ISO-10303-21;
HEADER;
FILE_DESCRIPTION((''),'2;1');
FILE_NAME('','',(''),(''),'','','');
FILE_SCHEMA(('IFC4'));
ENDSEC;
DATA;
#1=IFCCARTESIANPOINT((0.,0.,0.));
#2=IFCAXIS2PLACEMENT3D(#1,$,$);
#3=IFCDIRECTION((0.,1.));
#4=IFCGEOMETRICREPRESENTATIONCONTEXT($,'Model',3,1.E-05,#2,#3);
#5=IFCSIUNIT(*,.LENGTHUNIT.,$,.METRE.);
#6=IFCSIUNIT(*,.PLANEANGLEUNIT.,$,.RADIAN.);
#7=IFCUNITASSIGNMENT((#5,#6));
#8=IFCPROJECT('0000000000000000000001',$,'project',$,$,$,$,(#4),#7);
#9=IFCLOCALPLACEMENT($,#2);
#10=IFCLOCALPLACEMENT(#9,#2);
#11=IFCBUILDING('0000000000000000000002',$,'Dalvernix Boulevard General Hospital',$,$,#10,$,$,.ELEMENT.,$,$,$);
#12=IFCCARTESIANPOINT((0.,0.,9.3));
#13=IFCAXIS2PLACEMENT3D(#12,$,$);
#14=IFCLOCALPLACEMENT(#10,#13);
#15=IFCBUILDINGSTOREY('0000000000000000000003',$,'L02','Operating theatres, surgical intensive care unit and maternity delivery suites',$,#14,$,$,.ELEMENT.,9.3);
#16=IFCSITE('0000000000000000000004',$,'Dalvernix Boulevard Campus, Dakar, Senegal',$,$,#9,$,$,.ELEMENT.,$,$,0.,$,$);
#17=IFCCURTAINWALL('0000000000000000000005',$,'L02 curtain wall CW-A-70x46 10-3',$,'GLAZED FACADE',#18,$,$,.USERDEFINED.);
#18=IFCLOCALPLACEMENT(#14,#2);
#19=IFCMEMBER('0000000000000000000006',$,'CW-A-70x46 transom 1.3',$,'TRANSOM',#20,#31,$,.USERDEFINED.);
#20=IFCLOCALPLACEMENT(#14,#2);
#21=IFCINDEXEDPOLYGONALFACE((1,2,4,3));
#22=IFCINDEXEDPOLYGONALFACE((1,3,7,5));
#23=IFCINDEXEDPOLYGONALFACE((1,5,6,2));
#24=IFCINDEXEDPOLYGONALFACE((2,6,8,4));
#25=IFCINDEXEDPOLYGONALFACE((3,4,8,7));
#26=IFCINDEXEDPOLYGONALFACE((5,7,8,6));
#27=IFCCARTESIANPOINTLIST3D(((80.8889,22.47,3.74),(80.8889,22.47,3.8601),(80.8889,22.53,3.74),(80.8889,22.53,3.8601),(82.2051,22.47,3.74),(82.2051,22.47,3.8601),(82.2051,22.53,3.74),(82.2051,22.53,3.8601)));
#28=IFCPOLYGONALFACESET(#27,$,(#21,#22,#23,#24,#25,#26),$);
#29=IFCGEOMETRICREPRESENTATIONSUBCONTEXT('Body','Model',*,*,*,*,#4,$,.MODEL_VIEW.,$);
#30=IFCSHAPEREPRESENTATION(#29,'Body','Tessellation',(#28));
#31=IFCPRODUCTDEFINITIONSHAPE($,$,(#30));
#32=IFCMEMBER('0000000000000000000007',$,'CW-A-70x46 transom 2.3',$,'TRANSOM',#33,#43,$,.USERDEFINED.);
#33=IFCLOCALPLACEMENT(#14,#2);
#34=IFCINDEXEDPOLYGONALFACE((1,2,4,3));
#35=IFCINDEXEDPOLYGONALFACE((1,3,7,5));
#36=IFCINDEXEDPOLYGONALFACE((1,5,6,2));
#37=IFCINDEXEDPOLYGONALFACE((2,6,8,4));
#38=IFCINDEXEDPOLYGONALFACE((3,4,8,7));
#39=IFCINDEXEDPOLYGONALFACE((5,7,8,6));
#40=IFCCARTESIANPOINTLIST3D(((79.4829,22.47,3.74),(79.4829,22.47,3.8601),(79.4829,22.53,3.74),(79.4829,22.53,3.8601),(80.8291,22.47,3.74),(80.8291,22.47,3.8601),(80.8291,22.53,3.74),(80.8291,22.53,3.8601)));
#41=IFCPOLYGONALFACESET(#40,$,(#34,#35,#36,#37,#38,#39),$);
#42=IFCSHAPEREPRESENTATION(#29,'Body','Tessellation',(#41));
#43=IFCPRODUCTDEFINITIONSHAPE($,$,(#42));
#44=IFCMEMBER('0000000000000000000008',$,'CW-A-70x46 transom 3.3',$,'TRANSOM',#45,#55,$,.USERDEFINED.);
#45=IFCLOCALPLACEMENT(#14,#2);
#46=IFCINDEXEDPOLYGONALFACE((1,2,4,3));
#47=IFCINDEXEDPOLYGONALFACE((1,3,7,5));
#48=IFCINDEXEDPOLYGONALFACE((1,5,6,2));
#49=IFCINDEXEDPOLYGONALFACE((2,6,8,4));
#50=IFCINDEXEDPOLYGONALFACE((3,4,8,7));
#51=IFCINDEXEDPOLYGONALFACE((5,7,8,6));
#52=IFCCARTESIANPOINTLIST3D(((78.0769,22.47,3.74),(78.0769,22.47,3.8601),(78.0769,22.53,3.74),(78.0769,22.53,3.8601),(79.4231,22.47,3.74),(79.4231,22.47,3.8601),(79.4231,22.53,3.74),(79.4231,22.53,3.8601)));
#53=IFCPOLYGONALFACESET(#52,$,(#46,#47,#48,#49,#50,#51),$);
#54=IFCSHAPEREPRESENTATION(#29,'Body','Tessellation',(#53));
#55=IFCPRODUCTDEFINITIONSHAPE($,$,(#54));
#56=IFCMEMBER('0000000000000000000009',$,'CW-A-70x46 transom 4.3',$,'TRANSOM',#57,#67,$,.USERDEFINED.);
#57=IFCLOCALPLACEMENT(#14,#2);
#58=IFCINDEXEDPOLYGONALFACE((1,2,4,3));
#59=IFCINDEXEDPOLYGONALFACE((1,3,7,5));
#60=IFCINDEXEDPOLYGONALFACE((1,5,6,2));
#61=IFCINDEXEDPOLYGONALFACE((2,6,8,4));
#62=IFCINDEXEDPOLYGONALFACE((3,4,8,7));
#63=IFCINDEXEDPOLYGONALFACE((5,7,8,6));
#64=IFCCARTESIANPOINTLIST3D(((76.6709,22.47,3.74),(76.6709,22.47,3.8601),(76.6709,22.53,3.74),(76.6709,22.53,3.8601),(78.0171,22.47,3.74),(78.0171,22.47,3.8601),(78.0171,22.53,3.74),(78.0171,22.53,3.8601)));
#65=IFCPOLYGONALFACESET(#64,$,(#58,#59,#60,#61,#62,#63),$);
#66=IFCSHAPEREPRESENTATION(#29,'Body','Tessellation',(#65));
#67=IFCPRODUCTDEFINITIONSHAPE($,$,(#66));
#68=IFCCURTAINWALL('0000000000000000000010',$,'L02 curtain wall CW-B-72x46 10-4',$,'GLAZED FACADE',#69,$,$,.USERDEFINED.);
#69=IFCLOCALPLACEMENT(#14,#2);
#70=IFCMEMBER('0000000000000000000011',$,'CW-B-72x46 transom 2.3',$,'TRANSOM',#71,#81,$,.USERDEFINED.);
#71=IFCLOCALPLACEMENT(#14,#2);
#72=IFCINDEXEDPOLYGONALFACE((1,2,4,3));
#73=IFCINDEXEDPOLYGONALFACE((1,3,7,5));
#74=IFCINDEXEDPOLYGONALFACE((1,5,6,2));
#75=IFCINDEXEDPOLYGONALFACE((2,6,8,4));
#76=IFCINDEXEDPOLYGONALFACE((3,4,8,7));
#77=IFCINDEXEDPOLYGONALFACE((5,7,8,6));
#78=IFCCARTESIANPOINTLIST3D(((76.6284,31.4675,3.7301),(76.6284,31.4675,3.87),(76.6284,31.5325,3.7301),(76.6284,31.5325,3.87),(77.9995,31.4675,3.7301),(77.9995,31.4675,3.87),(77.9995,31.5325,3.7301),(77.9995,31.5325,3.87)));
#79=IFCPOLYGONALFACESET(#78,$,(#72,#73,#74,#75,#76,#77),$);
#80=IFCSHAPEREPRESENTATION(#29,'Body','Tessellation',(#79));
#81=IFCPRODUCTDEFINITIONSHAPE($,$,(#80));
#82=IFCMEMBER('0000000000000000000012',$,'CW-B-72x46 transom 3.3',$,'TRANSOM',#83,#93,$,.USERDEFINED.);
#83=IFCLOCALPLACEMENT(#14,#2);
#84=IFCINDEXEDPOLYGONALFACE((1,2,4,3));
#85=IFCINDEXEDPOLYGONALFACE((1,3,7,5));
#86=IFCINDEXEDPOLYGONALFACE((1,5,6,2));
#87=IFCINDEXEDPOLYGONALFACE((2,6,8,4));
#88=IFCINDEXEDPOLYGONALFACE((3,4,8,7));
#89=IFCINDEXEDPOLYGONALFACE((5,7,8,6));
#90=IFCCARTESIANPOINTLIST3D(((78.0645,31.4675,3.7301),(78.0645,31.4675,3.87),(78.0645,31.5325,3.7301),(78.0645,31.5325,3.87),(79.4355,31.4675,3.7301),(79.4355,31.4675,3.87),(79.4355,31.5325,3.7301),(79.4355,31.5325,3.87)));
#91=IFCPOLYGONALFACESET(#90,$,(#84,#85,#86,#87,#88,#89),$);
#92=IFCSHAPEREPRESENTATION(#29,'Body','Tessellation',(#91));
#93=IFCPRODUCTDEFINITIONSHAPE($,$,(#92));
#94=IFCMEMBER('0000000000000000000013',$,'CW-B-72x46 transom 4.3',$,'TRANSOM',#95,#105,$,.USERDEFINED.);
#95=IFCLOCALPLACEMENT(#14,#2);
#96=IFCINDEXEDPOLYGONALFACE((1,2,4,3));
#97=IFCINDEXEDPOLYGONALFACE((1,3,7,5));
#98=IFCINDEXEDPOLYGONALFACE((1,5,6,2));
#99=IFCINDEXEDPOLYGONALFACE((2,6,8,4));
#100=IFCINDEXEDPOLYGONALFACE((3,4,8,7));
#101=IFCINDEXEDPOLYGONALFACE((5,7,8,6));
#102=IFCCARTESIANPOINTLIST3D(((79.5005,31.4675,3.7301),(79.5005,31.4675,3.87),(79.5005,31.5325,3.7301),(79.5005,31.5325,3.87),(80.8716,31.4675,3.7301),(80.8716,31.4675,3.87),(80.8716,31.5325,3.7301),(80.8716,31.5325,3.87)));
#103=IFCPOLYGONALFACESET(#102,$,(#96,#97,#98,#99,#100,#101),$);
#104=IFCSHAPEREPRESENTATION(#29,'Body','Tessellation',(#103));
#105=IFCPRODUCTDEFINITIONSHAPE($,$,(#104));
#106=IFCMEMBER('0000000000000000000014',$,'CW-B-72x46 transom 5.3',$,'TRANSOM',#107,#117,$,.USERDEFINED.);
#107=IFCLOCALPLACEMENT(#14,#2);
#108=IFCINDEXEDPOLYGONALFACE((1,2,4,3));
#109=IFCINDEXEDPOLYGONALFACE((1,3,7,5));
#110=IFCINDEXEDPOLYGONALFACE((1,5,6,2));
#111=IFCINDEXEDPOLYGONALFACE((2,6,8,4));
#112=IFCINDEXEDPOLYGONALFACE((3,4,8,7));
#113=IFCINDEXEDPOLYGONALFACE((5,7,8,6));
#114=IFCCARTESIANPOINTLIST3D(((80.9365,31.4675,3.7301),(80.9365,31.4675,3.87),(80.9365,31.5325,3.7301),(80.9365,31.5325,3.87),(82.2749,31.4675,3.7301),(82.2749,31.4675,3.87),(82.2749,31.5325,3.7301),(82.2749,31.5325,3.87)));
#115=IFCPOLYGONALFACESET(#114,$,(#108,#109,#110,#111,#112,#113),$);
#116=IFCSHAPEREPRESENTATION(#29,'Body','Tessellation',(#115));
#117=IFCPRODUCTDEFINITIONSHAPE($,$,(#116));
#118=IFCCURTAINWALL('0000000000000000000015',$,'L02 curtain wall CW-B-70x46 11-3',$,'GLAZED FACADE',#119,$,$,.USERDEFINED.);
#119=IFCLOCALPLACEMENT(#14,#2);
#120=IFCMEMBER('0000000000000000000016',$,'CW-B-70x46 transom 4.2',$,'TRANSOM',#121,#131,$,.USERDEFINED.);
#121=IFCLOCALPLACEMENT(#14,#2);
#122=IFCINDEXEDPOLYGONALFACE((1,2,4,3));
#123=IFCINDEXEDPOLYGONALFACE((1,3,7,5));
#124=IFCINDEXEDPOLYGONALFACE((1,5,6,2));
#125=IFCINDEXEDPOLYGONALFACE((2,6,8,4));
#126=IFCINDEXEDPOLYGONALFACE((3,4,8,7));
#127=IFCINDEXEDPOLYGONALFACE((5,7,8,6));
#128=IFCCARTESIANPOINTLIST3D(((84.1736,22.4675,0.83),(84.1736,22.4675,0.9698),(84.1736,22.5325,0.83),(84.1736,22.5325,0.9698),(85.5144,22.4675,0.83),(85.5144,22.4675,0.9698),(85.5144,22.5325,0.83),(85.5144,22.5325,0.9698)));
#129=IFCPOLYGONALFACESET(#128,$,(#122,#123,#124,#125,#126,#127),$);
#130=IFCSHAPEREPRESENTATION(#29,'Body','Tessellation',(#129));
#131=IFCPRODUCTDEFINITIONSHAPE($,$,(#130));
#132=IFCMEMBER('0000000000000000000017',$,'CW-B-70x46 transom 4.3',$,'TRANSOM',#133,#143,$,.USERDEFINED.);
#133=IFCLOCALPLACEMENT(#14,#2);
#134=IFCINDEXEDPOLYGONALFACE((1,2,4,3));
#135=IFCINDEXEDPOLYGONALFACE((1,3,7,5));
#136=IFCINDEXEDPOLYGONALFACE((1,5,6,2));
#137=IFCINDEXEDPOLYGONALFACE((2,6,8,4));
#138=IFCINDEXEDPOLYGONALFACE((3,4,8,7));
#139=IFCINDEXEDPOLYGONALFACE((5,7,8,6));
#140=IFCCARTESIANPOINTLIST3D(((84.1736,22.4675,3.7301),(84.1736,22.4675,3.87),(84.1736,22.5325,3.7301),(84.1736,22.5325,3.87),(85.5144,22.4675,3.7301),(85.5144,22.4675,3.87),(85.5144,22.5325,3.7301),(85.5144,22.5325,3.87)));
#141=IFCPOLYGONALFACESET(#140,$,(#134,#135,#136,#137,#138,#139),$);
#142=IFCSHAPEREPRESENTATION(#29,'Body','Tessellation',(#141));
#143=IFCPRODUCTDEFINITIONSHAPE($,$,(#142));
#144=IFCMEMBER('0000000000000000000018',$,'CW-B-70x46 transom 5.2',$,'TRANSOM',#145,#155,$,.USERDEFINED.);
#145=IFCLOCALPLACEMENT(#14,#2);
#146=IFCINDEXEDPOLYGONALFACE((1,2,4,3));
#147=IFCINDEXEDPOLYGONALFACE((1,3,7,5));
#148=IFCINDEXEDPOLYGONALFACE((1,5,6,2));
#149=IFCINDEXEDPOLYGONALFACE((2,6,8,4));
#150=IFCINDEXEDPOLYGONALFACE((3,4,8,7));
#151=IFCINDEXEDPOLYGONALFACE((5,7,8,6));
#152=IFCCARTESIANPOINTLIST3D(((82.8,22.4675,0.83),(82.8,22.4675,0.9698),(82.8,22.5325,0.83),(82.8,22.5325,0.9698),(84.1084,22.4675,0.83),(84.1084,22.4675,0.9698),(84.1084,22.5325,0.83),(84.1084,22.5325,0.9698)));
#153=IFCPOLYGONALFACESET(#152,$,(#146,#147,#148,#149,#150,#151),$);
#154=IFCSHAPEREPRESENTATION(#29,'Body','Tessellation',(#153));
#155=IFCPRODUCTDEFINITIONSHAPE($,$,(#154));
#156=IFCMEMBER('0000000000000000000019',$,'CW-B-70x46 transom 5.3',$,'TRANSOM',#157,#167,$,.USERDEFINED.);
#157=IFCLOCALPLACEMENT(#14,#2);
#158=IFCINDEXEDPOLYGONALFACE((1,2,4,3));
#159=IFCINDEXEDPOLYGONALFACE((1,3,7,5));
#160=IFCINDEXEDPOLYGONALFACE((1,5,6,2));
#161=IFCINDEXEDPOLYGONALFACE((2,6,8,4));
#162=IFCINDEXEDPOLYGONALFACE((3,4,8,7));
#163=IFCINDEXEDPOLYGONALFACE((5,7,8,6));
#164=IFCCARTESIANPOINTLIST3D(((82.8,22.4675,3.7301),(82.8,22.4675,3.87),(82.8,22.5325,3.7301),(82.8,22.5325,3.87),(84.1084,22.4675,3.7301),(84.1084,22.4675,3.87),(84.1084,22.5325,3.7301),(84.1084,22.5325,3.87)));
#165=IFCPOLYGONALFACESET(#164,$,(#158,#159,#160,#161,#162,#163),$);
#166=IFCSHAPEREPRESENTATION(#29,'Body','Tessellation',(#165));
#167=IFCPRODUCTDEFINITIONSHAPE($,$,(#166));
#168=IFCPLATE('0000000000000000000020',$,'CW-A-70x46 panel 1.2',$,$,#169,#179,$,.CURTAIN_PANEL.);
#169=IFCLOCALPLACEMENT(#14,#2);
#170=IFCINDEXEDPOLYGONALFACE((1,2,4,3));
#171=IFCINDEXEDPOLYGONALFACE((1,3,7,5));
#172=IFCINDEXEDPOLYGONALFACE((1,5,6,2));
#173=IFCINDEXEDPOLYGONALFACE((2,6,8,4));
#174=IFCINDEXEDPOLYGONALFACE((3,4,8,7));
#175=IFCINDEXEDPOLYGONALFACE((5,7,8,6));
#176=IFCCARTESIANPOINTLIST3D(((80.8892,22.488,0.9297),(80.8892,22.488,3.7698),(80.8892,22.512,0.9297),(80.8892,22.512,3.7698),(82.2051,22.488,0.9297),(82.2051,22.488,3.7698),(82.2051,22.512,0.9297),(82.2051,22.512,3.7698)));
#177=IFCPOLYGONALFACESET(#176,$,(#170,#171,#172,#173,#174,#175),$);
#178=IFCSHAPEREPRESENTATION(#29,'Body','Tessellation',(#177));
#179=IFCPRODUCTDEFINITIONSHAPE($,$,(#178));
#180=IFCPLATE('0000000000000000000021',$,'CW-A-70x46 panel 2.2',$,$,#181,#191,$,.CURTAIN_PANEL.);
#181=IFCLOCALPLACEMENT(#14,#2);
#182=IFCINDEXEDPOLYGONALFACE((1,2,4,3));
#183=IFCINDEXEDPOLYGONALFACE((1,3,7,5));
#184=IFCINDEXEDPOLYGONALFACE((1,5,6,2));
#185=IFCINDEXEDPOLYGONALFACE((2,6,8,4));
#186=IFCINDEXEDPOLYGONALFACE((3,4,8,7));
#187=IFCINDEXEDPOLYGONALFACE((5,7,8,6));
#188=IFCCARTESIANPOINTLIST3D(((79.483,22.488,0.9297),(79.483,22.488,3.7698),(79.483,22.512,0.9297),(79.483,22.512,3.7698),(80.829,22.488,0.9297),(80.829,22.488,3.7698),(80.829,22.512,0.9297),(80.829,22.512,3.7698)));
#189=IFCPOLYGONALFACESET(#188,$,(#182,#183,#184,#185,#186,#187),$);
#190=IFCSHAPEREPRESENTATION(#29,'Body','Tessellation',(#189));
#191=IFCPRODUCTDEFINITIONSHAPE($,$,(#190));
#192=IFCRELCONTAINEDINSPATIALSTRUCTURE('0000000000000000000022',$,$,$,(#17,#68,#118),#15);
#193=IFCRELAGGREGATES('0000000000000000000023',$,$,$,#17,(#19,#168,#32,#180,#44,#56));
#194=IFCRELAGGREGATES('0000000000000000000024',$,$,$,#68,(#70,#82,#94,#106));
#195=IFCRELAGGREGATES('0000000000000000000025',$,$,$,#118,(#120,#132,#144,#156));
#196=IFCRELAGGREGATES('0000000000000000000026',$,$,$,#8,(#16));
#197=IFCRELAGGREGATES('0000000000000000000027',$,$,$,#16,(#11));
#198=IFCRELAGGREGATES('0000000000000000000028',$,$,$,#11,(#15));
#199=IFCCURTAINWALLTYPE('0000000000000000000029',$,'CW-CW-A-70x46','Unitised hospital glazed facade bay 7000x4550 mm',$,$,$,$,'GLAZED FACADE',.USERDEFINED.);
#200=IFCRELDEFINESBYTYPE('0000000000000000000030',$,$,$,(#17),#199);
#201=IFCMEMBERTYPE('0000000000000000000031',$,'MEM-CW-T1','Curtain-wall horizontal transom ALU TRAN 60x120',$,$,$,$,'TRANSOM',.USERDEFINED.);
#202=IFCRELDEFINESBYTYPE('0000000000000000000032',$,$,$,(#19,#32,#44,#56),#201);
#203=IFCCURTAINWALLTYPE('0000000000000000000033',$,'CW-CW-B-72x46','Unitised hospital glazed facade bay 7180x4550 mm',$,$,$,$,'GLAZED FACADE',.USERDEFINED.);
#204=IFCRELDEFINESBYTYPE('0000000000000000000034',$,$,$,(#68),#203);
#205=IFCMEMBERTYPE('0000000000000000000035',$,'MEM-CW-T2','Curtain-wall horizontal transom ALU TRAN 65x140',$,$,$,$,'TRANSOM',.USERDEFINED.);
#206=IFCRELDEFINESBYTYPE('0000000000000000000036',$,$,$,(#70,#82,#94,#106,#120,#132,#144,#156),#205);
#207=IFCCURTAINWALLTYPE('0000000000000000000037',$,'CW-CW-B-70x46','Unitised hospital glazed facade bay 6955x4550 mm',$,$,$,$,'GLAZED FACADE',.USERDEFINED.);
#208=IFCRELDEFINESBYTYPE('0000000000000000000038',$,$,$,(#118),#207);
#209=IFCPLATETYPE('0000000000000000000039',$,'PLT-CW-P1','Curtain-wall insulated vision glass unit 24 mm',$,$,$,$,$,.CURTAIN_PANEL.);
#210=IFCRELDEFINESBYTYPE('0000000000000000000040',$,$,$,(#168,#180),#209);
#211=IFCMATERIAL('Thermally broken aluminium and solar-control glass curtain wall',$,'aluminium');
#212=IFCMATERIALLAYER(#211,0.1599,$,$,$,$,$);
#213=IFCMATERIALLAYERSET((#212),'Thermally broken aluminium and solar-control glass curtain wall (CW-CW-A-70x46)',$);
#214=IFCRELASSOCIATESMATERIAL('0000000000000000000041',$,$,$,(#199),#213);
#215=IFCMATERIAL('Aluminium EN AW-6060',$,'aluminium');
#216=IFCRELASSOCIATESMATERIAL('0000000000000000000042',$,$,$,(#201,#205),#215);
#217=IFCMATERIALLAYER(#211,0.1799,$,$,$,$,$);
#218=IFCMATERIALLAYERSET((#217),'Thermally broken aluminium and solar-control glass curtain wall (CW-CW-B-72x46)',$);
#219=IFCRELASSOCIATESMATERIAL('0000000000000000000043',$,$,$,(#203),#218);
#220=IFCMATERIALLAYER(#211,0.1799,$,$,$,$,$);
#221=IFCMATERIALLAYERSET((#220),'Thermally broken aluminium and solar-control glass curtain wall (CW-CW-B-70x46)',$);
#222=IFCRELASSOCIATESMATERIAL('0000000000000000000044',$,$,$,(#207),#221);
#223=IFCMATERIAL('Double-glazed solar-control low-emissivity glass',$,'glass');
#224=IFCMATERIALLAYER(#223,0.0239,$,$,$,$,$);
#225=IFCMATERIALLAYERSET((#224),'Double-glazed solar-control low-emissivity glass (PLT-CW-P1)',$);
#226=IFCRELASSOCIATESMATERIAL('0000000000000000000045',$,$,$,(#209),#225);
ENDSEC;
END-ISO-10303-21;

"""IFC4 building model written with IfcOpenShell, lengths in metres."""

from ifc_helpers import new_model, si_unit, direction, frame, origin, origin_2d, place, context, subcontext, project, spatial, rectangle, extrude, material, layer, layer_set, material_profile, profile_set, type_object, element, aggregate, save


model = new_model("IFC4")

# Units and contexts
model_context = context("Model", 3, precision=1e-05, world=origin(), true_north=direction((0.0, 1.0)))
body_context = subcontext(model_context, "Body", "Model", "MODEL_VIEW")
ifc_project = project(units=[si_unit("LENGTHUNIT", "METRE"), si_unit("PLANEANGLEUNIT", "RADIAN")], contexts=[model_context])

# Site, building, storey
site_placement = place(None, origin())
site = spatial("IfcSite", under=ifc_project, at=site_placement, Name="Dalvernix Boulevard Campus, Dakar, Senegal", CompositionType="ELEMENT", RefElevation=0.0)
building_placement = place(site_placement, origin())
building = spatial("IfcBuilding", under=site, at=building_placement, Name="Dalvernix Boulevard General Hospital", CompositionType="ELEMENT")
storey_placement = place(building_placement, frame((0.0, 0.0, 9.3)))
storey = spatial("IfcBuildingStorey", under=building, at=storey_placement, Name="L02", Description="Operating theatres, surgical intensive care unit and maternity delivery suites", CompositionType="ELEMENT", Elevation=9.3)

# Curtain walls, members
ifc_material_1 = material(Name="Thermally broken aluminium and solar-control glass curtain wall", Category="aluminium")
ifc_layer_1 = layer(ifc_material_1, 0.1599)
ifc_layer_set_1 = layer_set([ifc_layer_1], Name="Thermally broken aluminium and solar-control glass curtain wall (CW-CW-A-70x46)")
curtain_wall_type_1 = type_object("IfcCurtainWallType", Name="CW-CW-A-70x46", Description="Unitised hospital glazed facade bay 7000x4550 mm", ElementType="GLAZED FACADE", PredefinedType="USERDEFINED", material=ifc_layer_set_1)
curtain_wall_1_placement = place(storey_placement, origin())
curtain_wall_1 = element("IfcCurtainWall", 1, at=curtain_wall_1_placement, inside=storey, type_object=curtain_wall_type_1, Name="L02 curtain wall CW-A-70x46 10-3", ObjectType="GLAZED FACADE", PredefinedType="USERDEFINED")
ifc_material_2 = material(Name="Aluminium EN AW-6060", Category="aluminium")
ifc_material_profile_1 = material_profile(ifc_material_2, rectangle(XDim=0.0601, YDim=0.1201, at=origin_2d()), Name="ALU TRAN 60x120")
ifc_profile_set_1 = profile_set([ifc_material_profile_1], Name="Aluminium EN AW-6060")
member_type_1 = type_object("IfcMemberType", Name="MEM-CW-T1", Description="Curtain-wall horizontal transom ALU TRAN 60x120", ElementType="TRANSOM", PredefinedType="USERDEFINED", material=ifc_profile_set_1)
member_1_placement = place(storey_placement, frame((82.2051, 22.5, 3.8), z_axis=(-1.0, 0.0, 0.0), x_axis=(0.0, -1.0, 0.0)))
member_1 = element("IfcMember", 2, at=member_1_placement, type_object=member_type_1, Name="CW-A-70x46 transom 1.3", ObjectType="TRANSOM", PredefinedType="USERDEFINED", context=body_context, shape_type="SweptSolid", body=[
    extrude(rectangle(XDim=0.0601, YDim=0.1201, at=origin_2d()), origin(), (0.0, 0.0, 1.0), 1.3162),
])
member_2_placement = place(storey_placement, frame((80.8291, 22.5, 3.8), z_axis=(-1.0, 0.0, 0.0), x_axis=(0.0, -1.0, 0.0)))
member_2 = element("IfcMember", 3, at=member_2_placement, type_object=member_type_1, Name="CW-A-70x46 transom 2.3", ObjectType="TRANSOM", PredefinedType="USERDEFINED", context=body_context, shape_type="SweptSolid", body=[
    extrude(rectangle(XDim=0.0601, YDim=0.1201, at=origin_2d()), origin(), (0.0, 0.0, 1.0), 1.3462),
])
member_3_placement = place(storey_placement, frame((79.4231, 22.5, 3.8), z_axis=(-1.0, 0.0, 0.0), x_axis=(0.0, -1.0, 0.0)))
member_3 = element("IfcMember", 4, at=member_3_placement, type_object=member_type_1, Name="CW-A-70x46 transom 3.3", ObjectType="TRANSOM", PredefinedType="USERDEFINED", context=body_context, shape_type="SweptSolid", body=[
    extrude(rectangle(XDim=0.0601, YDim=0.1201, at=origin_2d()), origin(), (0.0, 0.0, 1.0), 1.3462),
])
member_4_placement = place(storey_placement, frame((78.0171, 22.5, 3.8), z_axis=(-1.0, 0.0, 0.0), x_axis=(0.0, -1.0, 0.0)))
member_4 = element("IfcMember", 5, at=member_4_placement, type_object=member_type_1, Name="CW-A-70x46 transom 4.3", ObjectType="TRANSOM", PredefinedType="USERDEFINED", context=body_context, shape_type="SweptSolid", body=[
    extrude(rectangle(XDim=0.0601, YDim=0.1201, at=origin_2d()), origin(), (0.0, 0.0, 1.0), 1.3462),
])
ifc_layer_2 = layer(ifc_material_1, 0.1799)
ifc_layer_set_2 = layer_set([ifc_layer_2], Name="Thermally broken aluminium and solar-control glass curtain wall (CW-CW-B-72x46)")
curtain_wall_type_2 = type_object("IfcCurtainWallType", Name="CW-CW-B-72x46", Description="Unitised hospital glazed facade bay 7180x4550 mm", ElementType="GLAZED FACADE", PredefinedType="USERDEFINED", material=ifc_layer_set_2)
curtain_wall_2_placement = place(storey_placement, origin())
curtain_wall_2 = element("IfcCurtainWall", 6, at=curtain_wall_2_placement, inside=storey, type_object=curtain_wall_type_2, Name="L02 curtain wall CW-B-72x46 10-4", ObjectType="GLAZED FACADE", PredefinedType="USERDEFINED")
ifc_material_profile_2 = material_profile(ifc_material_2, rectangle(XDim=0.0649, YDim=0.1399, at=origin_2d()), Name="ALU TRAN 65x140")
ifc_profile_set_2 = profile_set([ifc_material_profile_2], Name="Aluminium EN AW-6060")
member_type_2 = type_object("IfcMemberType", Name="MEM-CW-T2", Description="Curtain-wall horizontal transom ALU TRAN 65x140", ElementType="TRANSOM", PredefinedType="USERDEFINED", material=ifc_profile_set_2)
member_5_placement = place(storey_placement, frame((76.6284, 31.5, 3.8), z_axis=(1.0, 0.0, 0.0), x_axis=(0.0, 1.0, 0.0)))
member_5 = element("IfcMember", 7, at=member_5_placement, type_object=member_type_2, Name="CW-B-72x46 transom 2.3", ObjectType="TRANSOM", PredefinedType="USERDEFINED", context=body_context, shape_type="SweptSolid", body=[
    extrude(rectangle(XDim=0.0649, YDim=0.1399, at=origin_2d()), origin(), (0.0, 0.0, 1.0), 1.3711),
])
member_6_placement = place(storey_placement, frame((78.0645, 31.5, 3.8), z_axis=(1.0, 0.0, 0.0), x_axis=(0.0, 1.0, 0.0)))
member_6 = element("IfcMember", 8, at=member_6_placement, type_object=member_type_2, Name="CW-B-72x46 transom 3.3", ObjectType="TRANSOM", PredefinedType="USERDEFINED", context=body_context, shape_type="SweptSolid", body=[
    extrude(rectangle(XDim=0.0649, YDim=0.1399, at=origin_2d()), origin(), (0.0, 0.0, 1.0), 1.3711),
])
member_7_placement = place(storey_placement, frame((79.5005, 31.5, 3.8), z_axis=(1.0, 0.0, 0.0), x_axis=(0.0, 1.0, 0.0)))
member_7 = element("IfcMember", 9, at=member_7_placement, type_object=member_type_2, Name="CW-B-72x46 transom 4.3", ObjectType="TRANSOM", PredefinedType="USERDEFINED", context=body_context, shape_type="SweptSolid", body=[
    extrude(rectangle(XDim=0.0649, YDim=0.1399, at=origin_2d()), origin(), (0.0, 0.0, 1.0), 1.3711),
])
member_8_placement = place(storey_placement, frame((80.9365, 31.5, 3.8), z_axis=(1.0, 0.0, 0.0), x_axis=(0.0, 1.0, 0.0)))
member_8 = element("IfcMember", 10, at=member_8_placement, type_object=member_type_2, Name="CW-B-72x46 transom 5.3", ObjectType="TRANSOM", PredefinedType="USERDEFINED", context=body_context, shape_type="SweptSolid", body=[
    extrude(rectangle(XDim=0.0649, YDim=0.1399, at=origin_2d()), origin(), (0.0, 0.0, 1.0), 1.3384),
])
ifc_layer_3 = layer(ifc_material_1, 0.1799)
ifc_layer_set_3 = layer_set([ifc_layer_3], Name="Thermally broken aluminium and solar-control glass curtain wall (CW-CW-B-70x46)")
curtain_wall_type_3 = type_object("IfcCurtainWallType", Name="CW-CW-B-70x46", Description="Unitised hospital glazed facade bay 6955x4550 mm", ElementType="GLAZED FACADE", PredefinedType="USERDEFINED", material=ifc_layer_set_3)
curtain_wall_3_placement = place(storey_placement, origin())
curtain_wall_3 = element("IfcCurtainWall", 11, at=curtain_wall_3_placement, inside=storey, type_object=curtain_wall_type_3, Name="L02 curtain wall CW-B-70x46 11-3", ObjectType="GLAZED FACADE", PredefinedType="USERDEFINED")
member_9_placement = place(storey_placement, frame((85.5144, 22.5, 0.8999), z_axis=(-1.0, 0.0, 0.0), x_axis=(0.0, -1.0, 0.0)))
member_9 = element("IfcMember", 12, at=member_9_placement, type_object=member_type_2, Name="CW-B-70x46 transom 4.2", ObjectType="TRANSOM", PredefinedType="USERDEFINED", context=body_context, shape_type="SweptSolid", body=[
    extrude(rectangle(XDim=0.0649, YDim=0.1399, at=origin_2d()), origin(), (0.0, 0.0, 1.0), 1.3408),
])
member_10_placement = place(storey_placement, frame((85.5144, 22.5, 3.8), z_axis=(-1.0, 0.0, 0.0), x_axis=(0.0, -1.0, 0.0)))
member_10 = element("IfcMember", 13, at=member_10_placement, type_object=member_type_2, Name="CW-B-70x46 transom 4.3", ObjectType="TRANSOM", PredefinedType="USERDEFINED", context=body_context, shape_type="SweptSolid", body=[
    extrude(rectangle(XDim=0.0649, YDim=0.1399, at=origin_2d()), origin(), (0.0, 0.0, 1.0), 1.3408),
])
member_11_placement = place(storey_placement, frame((84.1084, 22.5, 0.8999), z_axis=(-1.0, 0.0, 0.0), x_axis=(0.0, -1.0, 0.0)))
member_11 = element("IfcMember", 14, at=member_11_placement, type_object=member_type_2, Name="CW-B-70x46 transom 5.2", ObjectType="TRANSOM", PredefinedType="USERDEFINED", context=body_context, shape_type="SweptSolid", body=[
    extrude(rectangle(XDim=0.0649, YDim=0.1399, at=origin_2d()), origin(), (0.0, 0.0, 1.0), 1.3083),
])
member_12_placement = place(storey_placement, frame((84.1084, 22.5, 3.8), z_axis=(-1.0, 0.0, 0.0), x_axis=(0.0, -1.0, 0.0)))
member_12 = element("IfcMember", 15, at=member_12_placement, type_object=member_type_2, Name="CW-B-70x46 transom 5.3", ObjectType="TRANSOM", PredefinedType="USERDEFINED", context=body_context, shape_type="SweptSolid", body=[
    extrude(rectangle(XDim=0.0649, YDim=0.1399, at=origin_2d()), origin(), (0.0, 0.0, 1.0), 1.3083),
])

# Plates
ifc_material_3 = material(Name="Double-glazed solar-control low-emissivity glass", Category="glass")
ifc_layer_4 = layer(ifc_material_3, 0.0239)
ifc_layer_set_4 = layer_set([ifc_layer_4], Name="Double-glazed solar-control low-emissivity glass (PLT-CW-P1)")
plate_type_1 = type_object("IfcPlateType", Name="PLT-CW-P1", Description="Curtain-wall insulated vision glass unit 24 mm", PredefinedType="CURTAIN_PANEL", material=ifc_layer_set_4)
plate_1_placement = place(storey_placement, frame((81.5471, 22.5, 0.9297), z_axis=(0.0, 0.0, 1.0), x_axis=(-1.0, 0.0, 0.0)))
plate_1 = element("IfcPlate", 16, at=plate_1_placement, type_object=plate_type_1, Name="CW-A-70x46 panel 1.2", PredefinedType="CURTAIN_PANEL", context=body_context, shape_type="SweptSolid", body=[
    extrude(rectangle(XDim=1.3159, YDim=0.0239, at=origin_2d()), origin(), (0.0, 0.0, 1.0), 2.8401),
])
plate_2_placement = place(storey_placement, frame((80.156, 22.5, 0.9297), z_axis=(0.0, 0.0, 1.0), x_axis=(-1.0, 0.0, 0.0)))
plate_2 = element("IfcPlate", 17, at=plate_2_placement, type_object=plate_type_1, Name="CW-A-70x46 panel 2.2", PredefinedType="CURTAIN_PANEL", context=body_context, shape_type="SweptSolid", body=[
    extrude(rectangle(XDim=1.3459, YDim=0.0239, at=origin_2d()), origin(), (0.0, 0.0, 1.0), 2.8401),
])
aggregate(curtain_wall_1, [member_1, plate_1, member_2, plate_2, member_3, member_4])
aggregate(curtain_wall_2, [member_5, member_6, member_7, member_8])
aggregate(curtain_wall_3, [member_9, member_10, member_11, member_12])

save(model, "model.ifc")
